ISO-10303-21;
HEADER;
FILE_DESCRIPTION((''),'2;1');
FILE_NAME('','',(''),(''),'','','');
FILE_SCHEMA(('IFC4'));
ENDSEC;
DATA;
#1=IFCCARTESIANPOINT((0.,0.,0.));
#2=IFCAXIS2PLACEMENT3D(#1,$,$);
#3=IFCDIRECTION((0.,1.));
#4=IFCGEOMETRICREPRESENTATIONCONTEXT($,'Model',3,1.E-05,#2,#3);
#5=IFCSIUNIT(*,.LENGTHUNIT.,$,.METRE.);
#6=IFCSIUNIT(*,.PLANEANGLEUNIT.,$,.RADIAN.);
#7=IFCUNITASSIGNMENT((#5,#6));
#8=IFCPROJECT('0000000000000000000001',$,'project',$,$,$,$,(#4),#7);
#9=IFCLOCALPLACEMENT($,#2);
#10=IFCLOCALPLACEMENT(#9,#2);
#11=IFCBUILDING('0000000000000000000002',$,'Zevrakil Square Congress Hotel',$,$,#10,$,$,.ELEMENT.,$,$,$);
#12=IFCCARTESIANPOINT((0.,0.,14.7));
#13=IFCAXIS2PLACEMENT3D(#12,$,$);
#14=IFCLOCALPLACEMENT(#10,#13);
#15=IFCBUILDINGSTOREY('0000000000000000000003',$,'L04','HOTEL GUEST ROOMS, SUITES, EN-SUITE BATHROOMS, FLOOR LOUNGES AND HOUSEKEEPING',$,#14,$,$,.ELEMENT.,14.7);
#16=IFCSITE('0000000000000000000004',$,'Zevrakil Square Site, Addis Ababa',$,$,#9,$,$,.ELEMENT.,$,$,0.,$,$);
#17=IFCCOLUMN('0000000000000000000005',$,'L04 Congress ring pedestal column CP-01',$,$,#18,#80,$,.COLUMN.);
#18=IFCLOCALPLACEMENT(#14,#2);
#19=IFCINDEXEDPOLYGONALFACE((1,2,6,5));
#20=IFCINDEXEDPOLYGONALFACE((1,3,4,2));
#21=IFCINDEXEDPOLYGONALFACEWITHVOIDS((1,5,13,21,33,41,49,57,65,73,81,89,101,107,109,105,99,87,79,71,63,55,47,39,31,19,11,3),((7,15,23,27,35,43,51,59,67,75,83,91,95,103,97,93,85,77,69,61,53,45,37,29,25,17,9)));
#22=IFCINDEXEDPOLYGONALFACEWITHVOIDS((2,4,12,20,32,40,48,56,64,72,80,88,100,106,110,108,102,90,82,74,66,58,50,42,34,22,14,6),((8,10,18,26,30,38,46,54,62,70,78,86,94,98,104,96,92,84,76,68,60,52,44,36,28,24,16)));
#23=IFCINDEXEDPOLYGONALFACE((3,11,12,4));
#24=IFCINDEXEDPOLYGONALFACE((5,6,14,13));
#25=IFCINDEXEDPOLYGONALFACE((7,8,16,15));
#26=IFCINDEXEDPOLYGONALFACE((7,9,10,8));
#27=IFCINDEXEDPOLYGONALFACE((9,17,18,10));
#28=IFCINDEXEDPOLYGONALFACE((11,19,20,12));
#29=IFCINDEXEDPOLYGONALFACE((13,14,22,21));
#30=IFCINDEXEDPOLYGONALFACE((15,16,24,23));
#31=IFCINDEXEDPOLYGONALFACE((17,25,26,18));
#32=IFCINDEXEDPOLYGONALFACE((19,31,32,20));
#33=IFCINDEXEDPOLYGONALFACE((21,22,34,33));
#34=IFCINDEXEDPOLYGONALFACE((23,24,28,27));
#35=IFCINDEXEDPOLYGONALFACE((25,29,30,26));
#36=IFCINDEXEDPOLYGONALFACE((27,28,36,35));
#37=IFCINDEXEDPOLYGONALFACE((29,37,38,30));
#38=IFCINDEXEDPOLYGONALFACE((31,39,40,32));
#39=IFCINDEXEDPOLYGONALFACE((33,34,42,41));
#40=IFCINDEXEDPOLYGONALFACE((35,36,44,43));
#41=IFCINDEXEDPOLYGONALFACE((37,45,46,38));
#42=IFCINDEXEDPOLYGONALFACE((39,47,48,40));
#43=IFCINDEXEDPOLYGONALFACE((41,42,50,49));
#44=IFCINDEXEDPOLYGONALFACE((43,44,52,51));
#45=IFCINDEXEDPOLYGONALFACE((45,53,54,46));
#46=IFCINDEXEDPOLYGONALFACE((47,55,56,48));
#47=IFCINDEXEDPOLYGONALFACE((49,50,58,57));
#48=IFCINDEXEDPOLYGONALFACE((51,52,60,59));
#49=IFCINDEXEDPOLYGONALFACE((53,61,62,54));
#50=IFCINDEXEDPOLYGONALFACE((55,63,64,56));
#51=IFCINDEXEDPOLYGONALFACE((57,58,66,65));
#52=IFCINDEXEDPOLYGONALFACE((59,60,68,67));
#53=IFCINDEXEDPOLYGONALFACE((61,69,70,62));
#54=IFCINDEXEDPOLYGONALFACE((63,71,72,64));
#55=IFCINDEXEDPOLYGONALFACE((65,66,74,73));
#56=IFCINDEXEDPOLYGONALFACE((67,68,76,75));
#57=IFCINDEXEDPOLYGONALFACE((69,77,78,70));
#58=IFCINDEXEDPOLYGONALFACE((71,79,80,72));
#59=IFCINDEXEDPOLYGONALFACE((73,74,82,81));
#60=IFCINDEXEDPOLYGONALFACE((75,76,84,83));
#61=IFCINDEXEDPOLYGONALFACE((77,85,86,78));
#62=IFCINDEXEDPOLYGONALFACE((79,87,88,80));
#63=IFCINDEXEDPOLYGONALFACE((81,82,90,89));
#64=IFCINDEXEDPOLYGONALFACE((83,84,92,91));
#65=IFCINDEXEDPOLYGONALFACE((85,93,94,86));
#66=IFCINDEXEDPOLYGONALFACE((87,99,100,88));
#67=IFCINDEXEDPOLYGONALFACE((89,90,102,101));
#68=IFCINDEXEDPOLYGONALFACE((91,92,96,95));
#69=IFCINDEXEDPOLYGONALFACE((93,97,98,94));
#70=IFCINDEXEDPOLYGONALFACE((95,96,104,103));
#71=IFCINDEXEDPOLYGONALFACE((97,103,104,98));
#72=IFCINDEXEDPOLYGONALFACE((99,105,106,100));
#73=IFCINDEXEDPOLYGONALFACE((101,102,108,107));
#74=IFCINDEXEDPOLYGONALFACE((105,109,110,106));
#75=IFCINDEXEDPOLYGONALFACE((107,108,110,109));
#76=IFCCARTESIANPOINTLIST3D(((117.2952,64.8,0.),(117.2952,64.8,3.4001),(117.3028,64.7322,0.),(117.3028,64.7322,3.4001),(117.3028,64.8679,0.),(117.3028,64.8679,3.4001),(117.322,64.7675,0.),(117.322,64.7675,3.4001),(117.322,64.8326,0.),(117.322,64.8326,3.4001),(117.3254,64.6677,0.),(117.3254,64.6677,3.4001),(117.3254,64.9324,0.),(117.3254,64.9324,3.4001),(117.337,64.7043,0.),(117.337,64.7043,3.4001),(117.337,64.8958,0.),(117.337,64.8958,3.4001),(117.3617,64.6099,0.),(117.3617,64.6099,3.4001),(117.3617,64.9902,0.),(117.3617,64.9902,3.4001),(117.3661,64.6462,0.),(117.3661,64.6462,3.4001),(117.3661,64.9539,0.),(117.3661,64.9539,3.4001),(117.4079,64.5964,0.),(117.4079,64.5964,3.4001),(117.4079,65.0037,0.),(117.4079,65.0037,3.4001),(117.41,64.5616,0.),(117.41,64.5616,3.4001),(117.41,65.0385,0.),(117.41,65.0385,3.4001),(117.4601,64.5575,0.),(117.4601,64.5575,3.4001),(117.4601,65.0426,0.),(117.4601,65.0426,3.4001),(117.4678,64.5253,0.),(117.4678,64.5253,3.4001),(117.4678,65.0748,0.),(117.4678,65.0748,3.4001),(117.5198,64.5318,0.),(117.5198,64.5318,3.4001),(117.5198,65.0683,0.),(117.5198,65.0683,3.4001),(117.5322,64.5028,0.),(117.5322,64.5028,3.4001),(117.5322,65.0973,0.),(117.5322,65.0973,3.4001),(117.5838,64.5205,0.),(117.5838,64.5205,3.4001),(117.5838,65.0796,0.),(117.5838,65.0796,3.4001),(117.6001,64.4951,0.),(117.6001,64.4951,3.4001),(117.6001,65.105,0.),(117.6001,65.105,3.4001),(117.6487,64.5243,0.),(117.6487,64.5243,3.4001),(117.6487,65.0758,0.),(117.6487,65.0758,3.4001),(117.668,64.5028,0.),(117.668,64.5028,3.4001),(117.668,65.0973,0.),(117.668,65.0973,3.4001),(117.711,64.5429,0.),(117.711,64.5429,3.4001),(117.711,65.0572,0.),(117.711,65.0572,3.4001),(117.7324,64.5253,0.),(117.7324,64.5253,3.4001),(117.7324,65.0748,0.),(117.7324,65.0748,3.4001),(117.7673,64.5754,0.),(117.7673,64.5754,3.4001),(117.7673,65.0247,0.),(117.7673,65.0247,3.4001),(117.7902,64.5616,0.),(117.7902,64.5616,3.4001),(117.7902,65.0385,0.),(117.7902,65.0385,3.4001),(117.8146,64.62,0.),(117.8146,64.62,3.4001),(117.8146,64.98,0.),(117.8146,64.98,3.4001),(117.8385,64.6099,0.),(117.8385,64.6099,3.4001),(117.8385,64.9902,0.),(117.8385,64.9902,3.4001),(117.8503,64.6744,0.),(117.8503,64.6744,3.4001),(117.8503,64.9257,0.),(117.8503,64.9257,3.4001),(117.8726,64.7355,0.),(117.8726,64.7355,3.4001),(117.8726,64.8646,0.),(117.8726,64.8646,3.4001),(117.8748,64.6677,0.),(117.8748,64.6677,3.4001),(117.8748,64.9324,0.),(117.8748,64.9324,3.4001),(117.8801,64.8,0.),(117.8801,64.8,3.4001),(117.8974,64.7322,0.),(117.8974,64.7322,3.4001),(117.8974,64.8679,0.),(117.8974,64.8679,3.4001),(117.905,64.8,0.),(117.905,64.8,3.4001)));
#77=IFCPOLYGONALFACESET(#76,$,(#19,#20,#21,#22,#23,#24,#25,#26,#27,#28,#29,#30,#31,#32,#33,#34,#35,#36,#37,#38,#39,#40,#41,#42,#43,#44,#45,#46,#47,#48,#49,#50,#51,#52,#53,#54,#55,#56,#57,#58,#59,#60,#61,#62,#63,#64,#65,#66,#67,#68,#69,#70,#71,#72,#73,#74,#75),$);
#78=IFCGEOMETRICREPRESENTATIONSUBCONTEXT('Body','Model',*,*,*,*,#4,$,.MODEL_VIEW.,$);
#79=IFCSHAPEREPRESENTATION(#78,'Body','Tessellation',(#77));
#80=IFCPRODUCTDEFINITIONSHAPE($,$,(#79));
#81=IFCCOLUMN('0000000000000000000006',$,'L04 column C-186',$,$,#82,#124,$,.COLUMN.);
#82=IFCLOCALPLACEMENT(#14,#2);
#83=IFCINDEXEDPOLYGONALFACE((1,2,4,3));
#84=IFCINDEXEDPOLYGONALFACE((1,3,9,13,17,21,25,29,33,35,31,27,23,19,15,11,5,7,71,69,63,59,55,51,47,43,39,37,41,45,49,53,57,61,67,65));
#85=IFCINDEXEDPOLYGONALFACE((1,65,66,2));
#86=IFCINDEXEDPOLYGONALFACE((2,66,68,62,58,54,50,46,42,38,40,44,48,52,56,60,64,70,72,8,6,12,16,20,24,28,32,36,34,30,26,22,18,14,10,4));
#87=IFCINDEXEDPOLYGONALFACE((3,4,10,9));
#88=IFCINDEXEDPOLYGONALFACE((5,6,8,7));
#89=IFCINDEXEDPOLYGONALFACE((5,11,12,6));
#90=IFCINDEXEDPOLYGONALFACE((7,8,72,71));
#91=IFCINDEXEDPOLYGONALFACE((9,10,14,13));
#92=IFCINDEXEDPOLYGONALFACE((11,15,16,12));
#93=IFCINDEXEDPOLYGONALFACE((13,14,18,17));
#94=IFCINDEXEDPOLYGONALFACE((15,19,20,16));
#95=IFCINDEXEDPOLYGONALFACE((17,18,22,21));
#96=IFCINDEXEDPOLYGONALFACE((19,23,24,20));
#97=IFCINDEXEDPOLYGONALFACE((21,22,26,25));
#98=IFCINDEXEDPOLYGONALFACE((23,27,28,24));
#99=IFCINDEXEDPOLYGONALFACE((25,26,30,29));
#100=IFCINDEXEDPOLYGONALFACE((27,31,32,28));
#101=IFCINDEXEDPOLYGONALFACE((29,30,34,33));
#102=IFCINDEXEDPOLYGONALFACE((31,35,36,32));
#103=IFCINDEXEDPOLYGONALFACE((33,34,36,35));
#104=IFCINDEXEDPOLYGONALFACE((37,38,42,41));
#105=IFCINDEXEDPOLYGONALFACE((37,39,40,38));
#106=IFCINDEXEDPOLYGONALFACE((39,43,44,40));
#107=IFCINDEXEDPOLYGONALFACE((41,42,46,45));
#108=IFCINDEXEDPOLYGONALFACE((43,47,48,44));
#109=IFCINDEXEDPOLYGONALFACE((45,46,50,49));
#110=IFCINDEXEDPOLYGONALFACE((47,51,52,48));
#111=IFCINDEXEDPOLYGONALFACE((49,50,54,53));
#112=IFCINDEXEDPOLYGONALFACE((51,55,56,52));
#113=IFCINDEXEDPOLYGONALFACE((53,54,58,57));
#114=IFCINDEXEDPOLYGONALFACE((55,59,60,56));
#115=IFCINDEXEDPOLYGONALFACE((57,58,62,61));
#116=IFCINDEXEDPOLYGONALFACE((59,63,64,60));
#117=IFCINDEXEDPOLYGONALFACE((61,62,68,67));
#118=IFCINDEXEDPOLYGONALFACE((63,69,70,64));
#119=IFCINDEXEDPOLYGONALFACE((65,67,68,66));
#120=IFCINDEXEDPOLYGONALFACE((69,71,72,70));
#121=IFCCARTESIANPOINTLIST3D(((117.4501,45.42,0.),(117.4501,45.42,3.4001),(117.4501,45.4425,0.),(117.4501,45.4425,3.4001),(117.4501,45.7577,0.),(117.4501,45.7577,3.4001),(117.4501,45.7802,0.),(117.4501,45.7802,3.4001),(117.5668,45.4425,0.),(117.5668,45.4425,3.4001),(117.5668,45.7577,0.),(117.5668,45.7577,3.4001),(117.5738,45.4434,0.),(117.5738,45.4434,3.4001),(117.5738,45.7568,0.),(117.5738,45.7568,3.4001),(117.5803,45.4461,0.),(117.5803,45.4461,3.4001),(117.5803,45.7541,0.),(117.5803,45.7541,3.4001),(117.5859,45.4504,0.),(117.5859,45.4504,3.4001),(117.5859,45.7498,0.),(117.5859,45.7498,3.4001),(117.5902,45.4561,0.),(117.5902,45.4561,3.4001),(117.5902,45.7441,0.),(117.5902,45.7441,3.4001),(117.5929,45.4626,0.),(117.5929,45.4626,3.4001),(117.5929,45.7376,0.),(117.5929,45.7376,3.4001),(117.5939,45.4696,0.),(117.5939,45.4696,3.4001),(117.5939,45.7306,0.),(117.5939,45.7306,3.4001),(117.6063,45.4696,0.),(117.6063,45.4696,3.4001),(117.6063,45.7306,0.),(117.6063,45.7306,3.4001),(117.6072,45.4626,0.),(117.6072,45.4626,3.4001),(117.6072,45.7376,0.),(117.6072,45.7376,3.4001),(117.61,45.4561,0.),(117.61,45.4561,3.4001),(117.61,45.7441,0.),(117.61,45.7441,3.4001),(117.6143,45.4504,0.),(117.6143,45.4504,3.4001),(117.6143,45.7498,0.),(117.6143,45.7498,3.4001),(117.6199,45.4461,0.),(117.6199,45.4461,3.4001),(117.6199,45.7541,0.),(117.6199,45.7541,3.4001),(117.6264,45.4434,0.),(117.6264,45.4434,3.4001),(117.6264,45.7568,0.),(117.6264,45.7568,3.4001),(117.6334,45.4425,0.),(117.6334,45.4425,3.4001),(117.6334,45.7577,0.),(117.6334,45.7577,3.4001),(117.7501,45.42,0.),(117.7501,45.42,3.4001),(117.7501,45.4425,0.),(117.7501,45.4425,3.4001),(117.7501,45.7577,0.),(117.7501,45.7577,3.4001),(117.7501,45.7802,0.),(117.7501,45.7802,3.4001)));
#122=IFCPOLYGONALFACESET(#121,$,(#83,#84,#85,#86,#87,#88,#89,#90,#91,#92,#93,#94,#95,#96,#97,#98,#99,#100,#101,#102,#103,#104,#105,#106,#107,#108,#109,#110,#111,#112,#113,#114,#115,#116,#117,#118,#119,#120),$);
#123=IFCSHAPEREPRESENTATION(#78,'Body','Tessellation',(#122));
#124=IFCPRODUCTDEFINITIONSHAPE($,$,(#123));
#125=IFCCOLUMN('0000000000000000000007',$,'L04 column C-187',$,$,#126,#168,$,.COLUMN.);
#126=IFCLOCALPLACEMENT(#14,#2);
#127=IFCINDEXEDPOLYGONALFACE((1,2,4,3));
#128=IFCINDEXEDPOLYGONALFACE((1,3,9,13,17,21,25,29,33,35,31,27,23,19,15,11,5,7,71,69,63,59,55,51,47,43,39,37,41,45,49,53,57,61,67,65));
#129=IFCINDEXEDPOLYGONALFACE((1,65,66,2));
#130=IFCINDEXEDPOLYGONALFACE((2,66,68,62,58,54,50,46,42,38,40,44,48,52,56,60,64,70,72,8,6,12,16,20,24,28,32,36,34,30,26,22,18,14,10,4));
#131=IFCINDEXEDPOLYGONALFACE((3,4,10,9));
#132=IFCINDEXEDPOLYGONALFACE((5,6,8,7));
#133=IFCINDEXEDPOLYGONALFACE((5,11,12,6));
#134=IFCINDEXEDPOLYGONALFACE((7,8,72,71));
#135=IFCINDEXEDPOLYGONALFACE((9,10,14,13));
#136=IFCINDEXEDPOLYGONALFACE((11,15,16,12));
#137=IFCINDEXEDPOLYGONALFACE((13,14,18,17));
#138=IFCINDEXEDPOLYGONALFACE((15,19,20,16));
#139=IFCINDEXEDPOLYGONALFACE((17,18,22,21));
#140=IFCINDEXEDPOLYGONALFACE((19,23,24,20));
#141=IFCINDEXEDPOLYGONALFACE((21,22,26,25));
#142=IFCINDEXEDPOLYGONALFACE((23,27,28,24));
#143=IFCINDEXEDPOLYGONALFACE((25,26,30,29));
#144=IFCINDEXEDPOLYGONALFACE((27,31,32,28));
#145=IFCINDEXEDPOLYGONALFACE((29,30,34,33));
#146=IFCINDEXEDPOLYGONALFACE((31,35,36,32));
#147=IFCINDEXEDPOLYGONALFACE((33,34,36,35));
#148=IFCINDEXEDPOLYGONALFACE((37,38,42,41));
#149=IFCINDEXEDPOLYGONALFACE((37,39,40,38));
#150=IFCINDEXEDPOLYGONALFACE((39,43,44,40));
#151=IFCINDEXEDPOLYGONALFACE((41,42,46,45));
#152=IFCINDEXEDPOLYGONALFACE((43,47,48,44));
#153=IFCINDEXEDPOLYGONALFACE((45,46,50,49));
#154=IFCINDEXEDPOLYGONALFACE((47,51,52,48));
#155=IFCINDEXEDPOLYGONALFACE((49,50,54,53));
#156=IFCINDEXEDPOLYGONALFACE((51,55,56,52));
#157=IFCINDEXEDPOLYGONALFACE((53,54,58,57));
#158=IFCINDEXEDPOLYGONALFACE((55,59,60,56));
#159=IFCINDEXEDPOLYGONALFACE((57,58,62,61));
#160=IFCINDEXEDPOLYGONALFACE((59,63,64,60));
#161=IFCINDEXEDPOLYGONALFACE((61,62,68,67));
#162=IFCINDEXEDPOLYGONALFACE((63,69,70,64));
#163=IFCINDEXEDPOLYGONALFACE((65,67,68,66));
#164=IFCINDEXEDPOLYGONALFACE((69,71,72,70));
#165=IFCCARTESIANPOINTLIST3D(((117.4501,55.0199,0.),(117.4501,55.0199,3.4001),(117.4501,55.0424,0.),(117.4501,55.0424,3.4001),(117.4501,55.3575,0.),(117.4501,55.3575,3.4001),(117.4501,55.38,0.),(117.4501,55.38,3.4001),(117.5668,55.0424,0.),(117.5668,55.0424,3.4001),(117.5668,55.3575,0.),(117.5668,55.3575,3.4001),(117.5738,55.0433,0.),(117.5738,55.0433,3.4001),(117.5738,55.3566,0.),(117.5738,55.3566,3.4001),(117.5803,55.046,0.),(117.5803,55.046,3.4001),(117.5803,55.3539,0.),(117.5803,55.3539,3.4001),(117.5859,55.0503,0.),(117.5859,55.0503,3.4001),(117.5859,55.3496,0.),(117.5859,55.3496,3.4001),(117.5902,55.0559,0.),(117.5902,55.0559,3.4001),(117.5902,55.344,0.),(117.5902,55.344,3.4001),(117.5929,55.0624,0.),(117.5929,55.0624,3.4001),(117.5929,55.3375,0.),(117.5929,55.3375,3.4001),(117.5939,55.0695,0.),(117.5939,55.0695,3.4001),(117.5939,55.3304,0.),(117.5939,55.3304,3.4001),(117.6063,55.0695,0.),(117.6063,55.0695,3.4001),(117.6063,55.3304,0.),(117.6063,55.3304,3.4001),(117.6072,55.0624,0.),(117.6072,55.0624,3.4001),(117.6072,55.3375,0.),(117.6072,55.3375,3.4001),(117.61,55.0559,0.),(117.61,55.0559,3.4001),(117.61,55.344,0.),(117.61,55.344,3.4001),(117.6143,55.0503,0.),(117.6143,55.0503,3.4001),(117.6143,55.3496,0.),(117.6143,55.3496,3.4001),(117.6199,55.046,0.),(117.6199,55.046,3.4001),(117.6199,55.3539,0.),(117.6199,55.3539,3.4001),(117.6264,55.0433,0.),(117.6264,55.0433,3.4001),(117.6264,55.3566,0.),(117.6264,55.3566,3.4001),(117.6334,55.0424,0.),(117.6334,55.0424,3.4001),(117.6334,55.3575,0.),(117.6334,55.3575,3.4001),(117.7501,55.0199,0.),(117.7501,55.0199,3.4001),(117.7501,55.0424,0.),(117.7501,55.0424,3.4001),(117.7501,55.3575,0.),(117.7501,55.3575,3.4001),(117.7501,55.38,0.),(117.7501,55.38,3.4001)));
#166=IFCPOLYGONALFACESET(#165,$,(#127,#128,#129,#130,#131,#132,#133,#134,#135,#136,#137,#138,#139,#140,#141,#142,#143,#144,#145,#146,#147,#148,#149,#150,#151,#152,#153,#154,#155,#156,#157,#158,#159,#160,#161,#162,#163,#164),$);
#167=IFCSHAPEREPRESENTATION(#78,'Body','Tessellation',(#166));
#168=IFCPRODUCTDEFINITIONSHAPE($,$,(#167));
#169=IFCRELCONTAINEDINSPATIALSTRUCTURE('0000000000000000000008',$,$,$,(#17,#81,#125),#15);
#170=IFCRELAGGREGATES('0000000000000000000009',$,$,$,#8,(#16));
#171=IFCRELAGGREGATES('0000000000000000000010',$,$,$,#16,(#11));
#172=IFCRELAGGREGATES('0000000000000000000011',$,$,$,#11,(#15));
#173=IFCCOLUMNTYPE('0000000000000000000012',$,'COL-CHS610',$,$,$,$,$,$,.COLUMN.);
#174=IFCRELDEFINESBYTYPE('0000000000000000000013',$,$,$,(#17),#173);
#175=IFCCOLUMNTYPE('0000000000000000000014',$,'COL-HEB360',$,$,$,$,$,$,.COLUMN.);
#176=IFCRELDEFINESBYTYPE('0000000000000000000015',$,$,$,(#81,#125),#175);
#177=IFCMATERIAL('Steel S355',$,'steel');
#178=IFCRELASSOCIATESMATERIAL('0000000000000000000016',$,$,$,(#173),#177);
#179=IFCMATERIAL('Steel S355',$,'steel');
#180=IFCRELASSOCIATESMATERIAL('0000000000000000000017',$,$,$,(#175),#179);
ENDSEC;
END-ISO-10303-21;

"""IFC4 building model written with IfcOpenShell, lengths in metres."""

from ifc_helpers import new_model, si_unit, direction, frame, origin, origin_2d, place, context, subcontext, project, spatial, hollow_circle, i_section, extrude, material, material_profile, profile_set, type_object, element, save


model = new_model("IFC4")

# Units and contexts
model_context = context("Model", 3, precision=1e-05, world=origin(), true_north=direction((0.0, 1.0)))
body_context = subcontext(model_context, "Body", "Model", "MODEL_VIEW")
ifc_project = project(units=[si_unit("LENGTHUNIT", "METRE"), si_unit("PLANEANGLEUNIT", "RADIAN")], contexts=[model_context])

# Site, building, storey
site_placement = place(None, origin())
site = spatial("IfcSite", under=ifc_project, at=site_placement, Name="Zevrakil Square Site, Addis Ababa", CompositionType="ELEMENT", RefElevation=0.0)
building_placement = place(site_placement, origin())
building = spatial("IfcBuilding", under=site, at=building_placement, Name="Zevrakil Square Congress Hotel", CompositionType="ELEMENT")
storey_placement = place(building_placement, frame((0.0, 0.0, 14.7)))
storey = spatial("IfcBuildingStorey", under=building, at=storey_placement, Name="L04", Description="HOTEL GUEST ROOMS, SUITES, EN-SUITE BATHROOMS, FLOOR LOUNGES AND HOUSEKEEPING", CompositionType="ELEMENT", Elevation=14.7)

# Columns
ifc_material_1 = material(Name="Steel S355", Category="steel")
ifc_material_profile_1 = material_profile(ifc_material_1, hollow_circle(Radius=0.3049, WallThickness=0.0249, at=origin_2d()), Name="CHS 610x25")
ifc_profile_set_1 = profile_set([ifc_material_profile_1], Name="Steel S355")
column_type_1 = type_object("IfcColumnType", Name="COL-CHS610", PredefinedType="COLUMN", material=ifc_profile_set_1)
column_1_placement = place(storey_placement, frame((117.6001, 64.8, 0.0), z_axis=(0.0, 0.0, 1.0), x_axis=(1.0, 0.0, 0.0)))
element("IfcColumn", 1, at=column_1_placement, inside=storey, type_object=column_type_1, Name="L04 Congress ring pedestal column CP-01", PredefinedType="COLUMN", context=body_context, shape_type="SweptSolid", body=[
    extrude(hollow_circle(Radius=0.3049, WallThickness=0.0249, at=origin_2d()), origin(), (0.0, 0.0, 1.0), 3.4001),
])
ifc_material_2 = material(Name="Steel S355", Category="steel")
ifc_material_profile_2 = material_profile(ifc_material_2, i_section(OverallWidth=0.3, OverallDepth=0.3601, WebThickness=0.0125, FlangeThickness=0.0225, FilletRadius=0.0271, at=origin_2d()), Name="HEB 360")
ifc_profile_set_2 = profile_set([ifc_material_profile_2], Name="Steel S355")
column_type_2 = type_object("IfcColumnType", Name="COL-HEB360", PredefinedType="COLUMN", material=ifc_profile_set_2)
for number, where, z_axis, x_axis, name in (
    (2, (117.6001, 45.6001, 0.0), (0.0, 0.0, 1.0), (1.0, 0.0, 0.0), "L04 column C-186"),
    (3, (117.6001, 55.2, 0.0), (0.0, 0.0, 1.0), (1.0, 0.0, 0.0), "L04 column C-187"),
):
    element("IfcColumn", number, at=place(storey_placement, frame(where, z_axis=z_axis, x_axis=x_axis)), inside=storey, type_object=column_type_2, Name=name, PredefinedType="COLUMN", context=body_context, shape_type="SweptSolid", body=[
        extrude(i_section(OverallWidth=0.3, OverallDepth=0.3601, WebThickness=0.0125, FlangeThickness=0.0225, FilletRadius=0.0271, at=origin_2d()), origin(), (0.0, 0.0, 1.0), 3.4001),
    ])

save(model, "model.ifc")
